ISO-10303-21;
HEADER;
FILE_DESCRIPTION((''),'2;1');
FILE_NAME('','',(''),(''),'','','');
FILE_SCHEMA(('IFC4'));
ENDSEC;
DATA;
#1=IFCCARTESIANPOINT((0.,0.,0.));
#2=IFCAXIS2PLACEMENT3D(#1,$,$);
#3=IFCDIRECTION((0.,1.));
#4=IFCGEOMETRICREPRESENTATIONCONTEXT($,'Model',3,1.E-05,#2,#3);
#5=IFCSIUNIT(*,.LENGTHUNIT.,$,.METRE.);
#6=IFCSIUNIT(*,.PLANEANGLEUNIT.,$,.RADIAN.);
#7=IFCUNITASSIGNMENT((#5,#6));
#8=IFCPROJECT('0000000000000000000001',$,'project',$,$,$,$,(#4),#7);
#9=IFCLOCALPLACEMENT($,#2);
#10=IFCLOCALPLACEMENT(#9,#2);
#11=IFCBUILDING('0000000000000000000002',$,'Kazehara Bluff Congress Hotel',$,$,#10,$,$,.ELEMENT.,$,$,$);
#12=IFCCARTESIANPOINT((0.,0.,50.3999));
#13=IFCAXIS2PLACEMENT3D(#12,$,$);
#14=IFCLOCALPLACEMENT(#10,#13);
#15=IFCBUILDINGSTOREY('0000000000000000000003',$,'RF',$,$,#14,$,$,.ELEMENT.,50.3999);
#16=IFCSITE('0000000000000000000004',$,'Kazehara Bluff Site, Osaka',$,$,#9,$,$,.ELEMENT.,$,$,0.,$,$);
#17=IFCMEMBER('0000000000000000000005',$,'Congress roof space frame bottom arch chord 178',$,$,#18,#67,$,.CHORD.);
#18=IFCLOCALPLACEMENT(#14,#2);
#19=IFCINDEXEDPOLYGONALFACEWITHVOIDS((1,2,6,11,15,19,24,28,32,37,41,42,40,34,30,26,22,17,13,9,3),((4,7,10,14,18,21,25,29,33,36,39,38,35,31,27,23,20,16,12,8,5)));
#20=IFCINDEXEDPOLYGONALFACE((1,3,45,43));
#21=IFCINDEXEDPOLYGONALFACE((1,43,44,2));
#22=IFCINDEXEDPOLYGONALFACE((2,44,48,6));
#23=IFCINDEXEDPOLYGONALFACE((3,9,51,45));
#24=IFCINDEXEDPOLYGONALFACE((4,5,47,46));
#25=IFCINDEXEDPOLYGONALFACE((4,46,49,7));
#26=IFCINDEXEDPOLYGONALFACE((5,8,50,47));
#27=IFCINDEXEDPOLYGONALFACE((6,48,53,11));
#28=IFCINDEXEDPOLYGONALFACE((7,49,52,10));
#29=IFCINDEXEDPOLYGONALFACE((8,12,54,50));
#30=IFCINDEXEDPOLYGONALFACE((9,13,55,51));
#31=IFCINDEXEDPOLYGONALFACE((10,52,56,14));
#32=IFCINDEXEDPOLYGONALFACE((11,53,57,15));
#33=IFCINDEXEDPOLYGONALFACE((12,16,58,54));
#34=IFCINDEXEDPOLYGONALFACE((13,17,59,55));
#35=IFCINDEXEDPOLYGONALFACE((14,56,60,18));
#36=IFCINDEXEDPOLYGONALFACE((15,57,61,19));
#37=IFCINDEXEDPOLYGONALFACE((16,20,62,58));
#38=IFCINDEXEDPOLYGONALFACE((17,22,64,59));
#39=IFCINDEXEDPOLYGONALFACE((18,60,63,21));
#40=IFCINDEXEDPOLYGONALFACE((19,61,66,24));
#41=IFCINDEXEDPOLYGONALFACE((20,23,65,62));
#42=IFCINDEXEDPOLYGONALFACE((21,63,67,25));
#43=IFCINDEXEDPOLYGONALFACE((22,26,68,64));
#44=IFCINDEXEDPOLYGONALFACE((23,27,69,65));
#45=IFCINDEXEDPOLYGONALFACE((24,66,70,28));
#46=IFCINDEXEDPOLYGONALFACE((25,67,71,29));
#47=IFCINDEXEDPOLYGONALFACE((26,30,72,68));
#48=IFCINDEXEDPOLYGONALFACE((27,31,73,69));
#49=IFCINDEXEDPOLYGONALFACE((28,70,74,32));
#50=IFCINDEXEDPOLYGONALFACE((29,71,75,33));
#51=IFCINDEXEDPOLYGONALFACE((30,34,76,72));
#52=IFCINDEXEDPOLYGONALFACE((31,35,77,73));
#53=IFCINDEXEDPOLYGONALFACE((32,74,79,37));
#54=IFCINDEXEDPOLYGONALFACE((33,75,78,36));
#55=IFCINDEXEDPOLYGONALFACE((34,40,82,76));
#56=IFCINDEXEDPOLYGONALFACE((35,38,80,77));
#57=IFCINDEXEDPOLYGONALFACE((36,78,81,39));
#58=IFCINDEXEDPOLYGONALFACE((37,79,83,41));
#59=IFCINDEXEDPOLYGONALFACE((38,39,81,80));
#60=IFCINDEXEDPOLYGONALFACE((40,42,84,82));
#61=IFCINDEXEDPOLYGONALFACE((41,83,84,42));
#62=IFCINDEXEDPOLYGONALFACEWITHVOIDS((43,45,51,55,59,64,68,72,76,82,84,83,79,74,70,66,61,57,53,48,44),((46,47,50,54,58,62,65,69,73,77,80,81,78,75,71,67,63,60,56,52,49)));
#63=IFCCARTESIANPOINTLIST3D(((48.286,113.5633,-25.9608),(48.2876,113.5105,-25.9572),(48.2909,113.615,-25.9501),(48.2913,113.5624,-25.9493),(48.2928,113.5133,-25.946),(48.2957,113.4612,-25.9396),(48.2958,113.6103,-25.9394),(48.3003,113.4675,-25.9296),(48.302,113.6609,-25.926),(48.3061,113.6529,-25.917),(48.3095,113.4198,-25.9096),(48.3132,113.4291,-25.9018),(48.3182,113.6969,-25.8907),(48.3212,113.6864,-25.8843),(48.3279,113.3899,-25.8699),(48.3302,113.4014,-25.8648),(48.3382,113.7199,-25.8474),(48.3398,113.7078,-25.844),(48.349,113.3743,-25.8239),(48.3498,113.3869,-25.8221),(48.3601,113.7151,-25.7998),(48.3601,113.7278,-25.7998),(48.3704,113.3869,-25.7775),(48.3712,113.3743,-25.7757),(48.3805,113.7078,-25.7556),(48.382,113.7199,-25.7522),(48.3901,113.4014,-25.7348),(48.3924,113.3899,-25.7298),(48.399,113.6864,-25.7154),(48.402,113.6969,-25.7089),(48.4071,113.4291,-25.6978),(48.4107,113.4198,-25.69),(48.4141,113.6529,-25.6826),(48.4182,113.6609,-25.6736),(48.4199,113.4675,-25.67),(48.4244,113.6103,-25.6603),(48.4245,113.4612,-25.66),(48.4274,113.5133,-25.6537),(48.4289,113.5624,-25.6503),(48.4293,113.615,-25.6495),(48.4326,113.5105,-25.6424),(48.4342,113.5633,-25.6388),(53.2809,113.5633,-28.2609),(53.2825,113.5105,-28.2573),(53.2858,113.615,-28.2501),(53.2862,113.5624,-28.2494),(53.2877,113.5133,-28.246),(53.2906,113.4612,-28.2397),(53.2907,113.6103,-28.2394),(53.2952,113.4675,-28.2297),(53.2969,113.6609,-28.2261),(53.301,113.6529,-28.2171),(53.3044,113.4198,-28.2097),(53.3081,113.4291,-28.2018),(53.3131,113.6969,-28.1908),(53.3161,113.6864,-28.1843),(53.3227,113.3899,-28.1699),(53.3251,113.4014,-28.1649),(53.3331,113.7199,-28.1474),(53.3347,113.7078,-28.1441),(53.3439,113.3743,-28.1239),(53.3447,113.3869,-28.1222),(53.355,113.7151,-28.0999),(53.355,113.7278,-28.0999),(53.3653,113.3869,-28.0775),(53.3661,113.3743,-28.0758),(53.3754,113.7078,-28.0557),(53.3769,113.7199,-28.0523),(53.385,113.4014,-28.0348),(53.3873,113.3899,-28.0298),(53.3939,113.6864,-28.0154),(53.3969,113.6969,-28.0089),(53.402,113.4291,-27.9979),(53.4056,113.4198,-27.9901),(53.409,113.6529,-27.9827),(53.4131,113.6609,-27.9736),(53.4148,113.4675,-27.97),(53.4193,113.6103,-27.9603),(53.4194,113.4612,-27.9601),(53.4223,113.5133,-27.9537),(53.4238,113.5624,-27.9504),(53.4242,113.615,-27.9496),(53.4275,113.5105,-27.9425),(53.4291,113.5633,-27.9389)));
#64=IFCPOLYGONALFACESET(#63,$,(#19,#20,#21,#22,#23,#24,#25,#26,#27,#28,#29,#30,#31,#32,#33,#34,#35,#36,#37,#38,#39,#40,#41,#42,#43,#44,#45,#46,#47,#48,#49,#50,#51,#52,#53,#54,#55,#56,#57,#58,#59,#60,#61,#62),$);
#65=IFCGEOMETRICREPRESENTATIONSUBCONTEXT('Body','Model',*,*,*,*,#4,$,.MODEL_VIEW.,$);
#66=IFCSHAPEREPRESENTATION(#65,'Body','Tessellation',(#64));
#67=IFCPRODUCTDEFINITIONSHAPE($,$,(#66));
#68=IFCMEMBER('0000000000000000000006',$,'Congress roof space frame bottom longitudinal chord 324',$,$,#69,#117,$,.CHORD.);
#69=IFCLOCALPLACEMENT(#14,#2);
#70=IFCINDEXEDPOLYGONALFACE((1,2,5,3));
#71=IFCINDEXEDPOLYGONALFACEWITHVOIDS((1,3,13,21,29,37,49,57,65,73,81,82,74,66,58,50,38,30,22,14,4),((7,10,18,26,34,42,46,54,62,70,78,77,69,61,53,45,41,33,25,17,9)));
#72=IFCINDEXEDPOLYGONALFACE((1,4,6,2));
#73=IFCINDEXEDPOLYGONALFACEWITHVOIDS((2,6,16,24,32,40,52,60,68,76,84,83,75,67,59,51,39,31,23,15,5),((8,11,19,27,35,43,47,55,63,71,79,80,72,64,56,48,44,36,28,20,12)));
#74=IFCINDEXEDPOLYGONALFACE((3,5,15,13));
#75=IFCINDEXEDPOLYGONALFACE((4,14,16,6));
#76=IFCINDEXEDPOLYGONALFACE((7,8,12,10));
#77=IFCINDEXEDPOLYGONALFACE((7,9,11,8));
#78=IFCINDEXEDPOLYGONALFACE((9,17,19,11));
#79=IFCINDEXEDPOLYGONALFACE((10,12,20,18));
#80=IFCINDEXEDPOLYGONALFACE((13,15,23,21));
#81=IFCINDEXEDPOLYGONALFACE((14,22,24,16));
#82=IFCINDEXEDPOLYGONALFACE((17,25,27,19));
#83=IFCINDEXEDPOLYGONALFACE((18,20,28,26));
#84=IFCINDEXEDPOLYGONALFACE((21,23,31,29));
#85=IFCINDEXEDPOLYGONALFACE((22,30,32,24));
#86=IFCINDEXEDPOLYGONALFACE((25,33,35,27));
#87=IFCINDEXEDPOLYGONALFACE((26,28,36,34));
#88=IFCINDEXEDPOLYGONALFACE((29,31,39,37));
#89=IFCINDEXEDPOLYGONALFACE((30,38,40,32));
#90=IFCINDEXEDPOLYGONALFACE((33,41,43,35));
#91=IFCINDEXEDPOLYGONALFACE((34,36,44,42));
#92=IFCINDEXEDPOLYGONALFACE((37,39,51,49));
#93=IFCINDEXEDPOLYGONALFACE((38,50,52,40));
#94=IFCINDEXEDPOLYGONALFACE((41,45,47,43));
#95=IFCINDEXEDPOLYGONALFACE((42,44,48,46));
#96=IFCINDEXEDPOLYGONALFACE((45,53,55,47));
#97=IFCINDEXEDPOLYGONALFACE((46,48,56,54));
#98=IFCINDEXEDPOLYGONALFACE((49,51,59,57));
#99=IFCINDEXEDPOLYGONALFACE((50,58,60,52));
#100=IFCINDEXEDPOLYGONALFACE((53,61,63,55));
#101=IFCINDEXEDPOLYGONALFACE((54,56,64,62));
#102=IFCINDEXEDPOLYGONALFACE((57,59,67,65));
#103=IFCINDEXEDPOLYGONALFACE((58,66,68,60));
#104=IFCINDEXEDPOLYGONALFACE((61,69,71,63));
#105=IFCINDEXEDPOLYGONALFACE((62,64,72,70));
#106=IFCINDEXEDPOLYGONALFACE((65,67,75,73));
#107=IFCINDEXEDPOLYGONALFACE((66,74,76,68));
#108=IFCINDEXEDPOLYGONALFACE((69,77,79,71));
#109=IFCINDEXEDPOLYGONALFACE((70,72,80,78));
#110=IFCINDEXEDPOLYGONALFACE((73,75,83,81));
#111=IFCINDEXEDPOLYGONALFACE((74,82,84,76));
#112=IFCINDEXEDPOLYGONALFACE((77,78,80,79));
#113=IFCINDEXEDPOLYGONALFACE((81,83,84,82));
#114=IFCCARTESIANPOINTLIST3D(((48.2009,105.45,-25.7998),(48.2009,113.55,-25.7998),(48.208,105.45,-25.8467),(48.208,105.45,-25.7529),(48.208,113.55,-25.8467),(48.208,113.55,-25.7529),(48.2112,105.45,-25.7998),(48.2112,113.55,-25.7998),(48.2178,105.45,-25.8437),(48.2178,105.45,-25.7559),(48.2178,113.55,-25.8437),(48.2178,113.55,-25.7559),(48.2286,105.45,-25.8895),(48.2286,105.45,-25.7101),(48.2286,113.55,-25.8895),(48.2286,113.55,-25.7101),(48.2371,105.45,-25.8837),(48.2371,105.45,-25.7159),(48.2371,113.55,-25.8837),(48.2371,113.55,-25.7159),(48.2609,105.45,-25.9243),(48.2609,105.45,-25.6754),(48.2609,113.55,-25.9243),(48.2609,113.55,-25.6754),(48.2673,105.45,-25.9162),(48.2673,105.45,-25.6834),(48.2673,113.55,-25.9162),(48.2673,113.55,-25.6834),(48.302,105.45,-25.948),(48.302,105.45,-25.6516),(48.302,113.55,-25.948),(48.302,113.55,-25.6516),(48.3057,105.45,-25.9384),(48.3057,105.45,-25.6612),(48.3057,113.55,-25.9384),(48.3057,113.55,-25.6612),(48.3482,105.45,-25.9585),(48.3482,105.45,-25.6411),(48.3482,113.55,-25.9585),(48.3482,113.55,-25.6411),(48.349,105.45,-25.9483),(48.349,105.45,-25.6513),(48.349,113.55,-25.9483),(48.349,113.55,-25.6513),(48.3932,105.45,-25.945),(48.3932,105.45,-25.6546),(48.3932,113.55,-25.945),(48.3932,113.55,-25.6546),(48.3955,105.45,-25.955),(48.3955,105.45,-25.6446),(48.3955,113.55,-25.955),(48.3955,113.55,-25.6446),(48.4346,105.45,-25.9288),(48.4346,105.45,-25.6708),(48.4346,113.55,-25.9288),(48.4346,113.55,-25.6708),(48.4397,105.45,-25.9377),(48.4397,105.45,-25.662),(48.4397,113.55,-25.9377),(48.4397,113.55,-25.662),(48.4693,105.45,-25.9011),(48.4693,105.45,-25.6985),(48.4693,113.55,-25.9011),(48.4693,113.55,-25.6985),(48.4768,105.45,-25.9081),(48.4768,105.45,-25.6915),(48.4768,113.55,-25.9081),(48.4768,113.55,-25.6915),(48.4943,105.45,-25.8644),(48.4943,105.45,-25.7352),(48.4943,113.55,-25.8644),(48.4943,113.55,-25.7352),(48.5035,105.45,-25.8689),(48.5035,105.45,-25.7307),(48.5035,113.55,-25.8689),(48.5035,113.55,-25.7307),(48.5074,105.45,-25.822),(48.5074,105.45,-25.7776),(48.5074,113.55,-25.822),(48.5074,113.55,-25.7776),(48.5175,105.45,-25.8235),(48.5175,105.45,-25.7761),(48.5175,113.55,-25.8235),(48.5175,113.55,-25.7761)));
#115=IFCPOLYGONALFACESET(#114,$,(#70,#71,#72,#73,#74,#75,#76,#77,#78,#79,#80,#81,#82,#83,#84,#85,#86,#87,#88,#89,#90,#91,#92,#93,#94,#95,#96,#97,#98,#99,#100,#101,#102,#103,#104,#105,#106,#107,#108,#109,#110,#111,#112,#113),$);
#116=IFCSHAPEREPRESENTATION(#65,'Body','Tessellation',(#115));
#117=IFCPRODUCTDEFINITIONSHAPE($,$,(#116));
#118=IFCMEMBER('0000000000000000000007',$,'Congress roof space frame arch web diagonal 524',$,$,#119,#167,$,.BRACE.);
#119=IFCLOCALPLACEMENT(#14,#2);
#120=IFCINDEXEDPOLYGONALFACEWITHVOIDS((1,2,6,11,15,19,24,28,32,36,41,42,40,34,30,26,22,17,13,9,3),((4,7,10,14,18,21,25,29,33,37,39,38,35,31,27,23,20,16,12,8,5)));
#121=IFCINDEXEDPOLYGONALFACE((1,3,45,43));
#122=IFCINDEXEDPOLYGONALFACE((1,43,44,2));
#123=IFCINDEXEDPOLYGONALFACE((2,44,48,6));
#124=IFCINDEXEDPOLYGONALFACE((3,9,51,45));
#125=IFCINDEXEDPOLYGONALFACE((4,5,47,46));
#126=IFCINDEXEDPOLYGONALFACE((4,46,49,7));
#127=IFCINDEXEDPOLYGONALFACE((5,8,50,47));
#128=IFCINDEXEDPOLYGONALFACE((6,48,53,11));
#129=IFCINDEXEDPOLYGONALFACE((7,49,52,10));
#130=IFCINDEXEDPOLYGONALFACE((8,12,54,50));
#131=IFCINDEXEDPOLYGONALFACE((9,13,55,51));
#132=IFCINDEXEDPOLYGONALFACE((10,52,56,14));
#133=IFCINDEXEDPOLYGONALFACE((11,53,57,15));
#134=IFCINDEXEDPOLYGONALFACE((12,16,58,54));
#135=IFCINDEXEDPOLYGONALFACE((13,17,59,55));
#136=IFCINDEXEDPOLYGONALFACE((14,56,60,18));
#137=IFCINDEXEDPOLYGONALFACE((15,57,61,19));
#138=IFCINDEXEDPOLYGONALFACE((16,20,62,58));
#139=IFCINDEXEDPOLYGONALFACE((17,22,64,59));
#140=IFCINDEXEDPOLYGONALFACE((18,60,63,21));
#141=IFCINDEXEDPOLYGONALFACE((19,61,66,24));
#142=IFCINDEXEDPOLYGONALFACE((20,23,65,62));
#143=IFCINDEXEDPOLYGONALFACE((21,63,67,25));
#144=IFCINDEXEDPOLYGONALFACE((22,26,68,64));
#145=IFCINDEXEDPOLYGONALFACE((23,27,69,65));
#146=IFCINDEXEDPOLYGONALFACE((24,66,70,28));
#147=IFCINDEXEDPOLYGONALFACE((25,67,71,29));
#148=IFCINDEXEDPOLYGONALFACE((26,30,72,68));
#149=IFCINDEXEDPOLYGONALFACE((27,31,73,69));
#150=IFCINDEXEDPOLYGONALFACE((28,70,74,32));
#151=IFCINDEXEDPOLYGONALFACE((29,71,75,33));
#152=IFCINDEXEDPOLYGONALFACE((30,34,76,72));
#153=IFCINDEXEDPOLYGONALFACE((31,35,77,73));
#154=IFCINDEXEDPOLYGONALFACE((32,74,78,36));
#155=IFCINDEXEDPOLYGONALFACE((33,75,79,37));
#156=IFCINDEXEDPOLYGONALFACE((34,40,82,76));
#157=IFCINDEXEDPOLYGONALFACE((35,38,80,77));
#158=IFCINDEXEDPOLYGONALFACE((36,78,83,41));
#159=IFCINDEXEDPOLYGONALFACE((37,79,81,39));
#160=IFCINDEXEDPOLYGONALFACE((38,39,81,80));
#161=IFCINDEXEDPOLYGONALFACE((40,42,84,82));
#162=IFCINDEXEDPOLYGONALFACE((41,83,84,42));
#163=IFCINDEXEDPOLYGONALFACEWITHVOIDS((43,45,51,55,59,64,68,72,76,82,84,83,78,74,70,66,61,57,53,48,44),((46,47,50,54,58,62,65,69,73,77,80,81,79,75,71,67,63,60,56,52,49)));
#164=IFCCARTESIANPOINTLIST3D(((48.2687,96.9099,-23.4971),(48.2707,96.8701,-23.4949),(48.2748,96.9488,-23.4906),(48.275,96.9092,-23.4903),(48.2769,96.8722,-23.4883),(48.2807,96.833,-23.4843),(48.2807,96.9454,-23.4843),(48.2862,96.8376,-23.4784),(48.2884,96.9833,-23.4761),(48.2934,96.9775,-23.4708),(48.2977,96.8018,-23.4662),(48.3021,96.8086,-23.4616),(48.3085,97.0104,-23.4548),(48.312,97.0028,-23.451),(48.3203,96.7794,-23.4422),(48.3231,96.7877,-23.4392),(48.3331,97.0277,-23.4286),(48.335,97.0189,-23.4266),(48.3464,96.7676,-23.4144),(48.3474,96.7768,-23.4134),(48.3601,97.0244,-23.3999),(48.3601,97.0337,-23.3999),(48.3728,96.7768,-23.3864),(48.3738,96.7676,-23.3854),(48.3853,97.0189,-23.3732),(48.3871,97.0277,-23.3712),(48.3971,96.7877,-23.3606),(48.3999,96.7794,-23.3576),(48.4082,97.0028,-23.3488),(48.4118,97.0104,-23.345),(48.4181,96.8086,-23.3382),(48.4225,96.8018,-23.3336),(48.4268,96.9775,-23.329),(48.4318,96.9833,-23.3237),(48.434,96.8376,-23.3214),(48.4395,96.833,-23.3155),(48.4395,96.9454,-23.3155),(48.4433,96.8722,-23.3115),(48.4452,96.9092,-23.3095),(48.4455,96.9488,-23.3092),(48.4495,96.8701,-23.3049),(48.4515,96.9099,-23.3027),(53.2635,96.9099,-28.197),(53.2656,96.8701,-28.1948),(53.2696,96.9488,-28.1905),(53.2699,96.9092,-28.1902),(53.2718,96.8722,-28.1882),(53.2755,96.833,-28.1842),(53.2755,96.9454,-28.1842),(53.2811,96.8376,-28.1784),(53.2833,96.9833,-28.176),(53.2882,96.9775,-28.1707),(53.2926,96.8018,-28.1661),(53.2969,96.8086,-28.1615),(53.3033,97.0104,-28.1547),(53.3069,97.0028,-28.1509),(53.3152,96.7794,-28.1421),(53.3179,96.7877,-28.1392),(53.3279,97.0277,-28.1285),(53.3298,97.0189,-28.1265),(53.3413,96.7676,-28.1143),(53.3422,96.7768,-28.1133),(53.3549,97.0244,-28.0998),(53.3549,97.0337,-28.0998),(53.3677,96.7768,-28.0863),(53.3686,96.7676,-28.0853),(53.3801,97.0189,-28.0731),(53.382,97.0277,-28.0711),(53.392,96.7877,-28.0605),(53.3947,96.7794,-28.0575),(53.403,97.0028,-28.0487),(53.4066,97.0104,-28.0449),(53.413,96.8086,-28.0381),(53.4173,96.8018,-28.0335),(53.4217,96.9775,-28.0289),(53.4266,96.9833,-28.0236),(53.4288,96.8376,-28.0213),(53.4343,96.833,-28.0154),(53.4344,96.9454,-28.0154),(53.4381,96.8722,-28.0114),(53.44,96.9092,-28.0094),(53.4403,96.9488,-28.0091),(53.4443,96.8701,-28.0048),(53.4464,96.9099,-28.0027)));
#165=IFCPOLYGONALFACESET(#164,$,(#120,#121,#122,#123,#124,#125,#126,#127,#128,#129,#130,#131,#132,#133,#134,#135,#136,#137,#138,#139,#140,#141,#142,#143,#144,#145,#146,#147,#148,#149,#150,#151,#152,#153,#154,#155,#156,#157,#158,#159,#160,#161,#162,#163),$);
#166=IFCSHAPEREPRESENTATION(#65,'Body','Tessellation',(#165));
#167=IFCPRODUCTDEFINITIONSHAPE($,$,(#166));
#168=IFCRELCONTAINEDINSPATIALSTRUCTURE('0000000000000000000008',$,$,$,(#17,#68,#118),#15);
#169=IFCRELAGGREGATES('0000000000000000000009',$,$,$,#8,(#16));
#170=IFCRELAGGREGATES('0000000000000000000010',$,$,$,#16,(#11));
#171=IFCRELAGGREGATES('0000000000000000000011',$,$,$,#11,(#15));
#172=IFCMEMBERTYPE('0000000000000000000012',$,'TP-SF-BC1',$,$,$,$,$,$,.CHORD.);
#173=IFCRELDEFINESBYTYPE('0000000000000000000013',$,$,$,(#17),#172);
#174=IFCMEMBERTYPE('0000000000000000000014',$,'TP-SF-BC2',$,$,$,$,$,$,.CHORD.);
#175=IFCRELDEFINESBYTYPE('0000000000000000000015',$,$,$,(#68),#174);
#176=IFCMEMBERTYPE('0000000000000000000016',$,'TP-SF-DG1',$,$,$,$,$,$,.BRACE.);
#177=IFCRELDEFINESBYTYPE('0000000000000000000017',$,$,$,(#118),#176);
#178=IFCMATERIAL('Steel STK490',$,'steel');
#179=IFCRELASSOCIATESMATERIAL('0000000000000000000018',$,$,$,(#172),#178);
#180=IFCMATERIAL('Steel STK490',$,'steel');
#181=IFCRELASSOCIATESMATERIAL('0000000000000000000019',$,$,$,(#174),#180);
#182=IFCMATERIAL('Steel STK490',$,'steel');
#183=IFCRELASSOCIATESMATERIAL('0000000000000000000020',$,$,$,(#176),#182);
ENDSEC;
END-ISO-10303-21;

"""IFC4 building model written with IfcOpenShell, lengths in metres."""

from ifc_helpers import new_model, si_unit, direction, frame, origin, origin_2d, place, context, subcontext, project, spatial, hollow_circle, extrude, material, material_profile, profile_set, type_object, element, save


model = new_model("IFC4")

# Units and contexts
model_context = context("Model", 3, precision=1e-05, world=origin(), true_north=direction((0.0, 1.0)))
body_context = subcontext(model_context, "Body", "Model", "MODEL_VIEW")
ifc_project = project(units=[si_unit("LENGTHUNIT", "METRE"), si_unit("PLANEANGLEUNIT", "RADIAN")], contexts=[model_context])

# Site, building, storey
site_placement = place(None, origin())
site = spatial("IfcSite", under=ifc_project, at=site_placement, Name="Kazehara Bluff Site, Osaka", CompositionType="ELEMENT", RefElevation=0.0)
building_placement = place(site_placement, origin())
building = spatial("IfcBuilding", under=site, at=building_placement, Name="Kazehara Bluff Congress Hotel", CompositionType="ELEMENT")
storey_placement = place(building_placement, frame((0.0, 0.0, 50.3999)))
storey = spatial("IfcBuildingStorey", under=building, at=storey_placement, Name="RF", CompositionType="ELEMENT", Elevation=50.3999)

# Members
ifc_material_1 = material(Name="Steel STK490", Category="steel")
ifc_material_profile_1 = material_profile(ifc_material_1, hollow_circle(Radius=0.1777, WallThickness=0.0127, at=origin_2d()))
ifc_profile_set_1 = profile_set([ifc_material_profile_1], Name="Steel STK490")
member_type_1 = type_object("IfcMemberType", Name="TP-SF-BC1", PredefinedType="CHORD", material=ifc_profile_set_1)
member_1_placement = place(storey_placement, frame((48.3601, 113.55, -25.7998), z_axis=(0.908324, 0.0, -0.418267), x_axis=(0.0, 1.0, 0.0)))
element("IfcMember", 1, at=member_1_placement, inside=storey, type_object=member_type_1, Name="Congress roof space frame bottom arch chord 178", PredefinedType="CHORD", context=body_context, shape_type="SweptSolid", body=[
    extrude(hollow_circle(Radius=0.1777, WallThickness=0.0127, at=origin_2d()), origin(), (0.0, 0.0, 1.0), 5.499),
])
ifc_material_2 = material(Name="Steel STK490", Category="steel")
ifc_material_profile_2 = material_profile(ifc_material_2, hollow_circle(Radius=0.1592, WallThickness=0.0103, at=origin_2d()))
ifc_profile_set_2 = profile_set([ifc_material_profile_2], Name="Steel STK490")
member_type_2 = type_object("IfcMemberType", Name="TP-SF-BC2", PredefinedType="CHORD", material=ifc_profile_set_2)
member_2_placement = place(storey_placement, frame((48.3601, 105.45, -25.7998), z_axis=(0.0, 1.0, 0.0), x_axis=(-1.0, 0.0, 0.0)))
element("IfcMember", 2, at=member_2_placement, inside=storey, type_object=member_type_2, Name="Congress roof space frame bottom longitudinal chord 324", PredefinedType="CHORD", context=body_context, shape_type="SweptSolid", body=[
    extrude(hollow_circle(Radius=0.1592, WallThickness=0.0103, at=origin_2d()), origin(), (0.0, 0.0, 1.0), 8.1001),
])
ifc_material_3 = material(Name="Steel STK490", Category="steel")
ifc_material_profile_3 = material_profile(ifc_material_3, hollow_circle(Radius=0.1338, WallThickness=0.0093, at=origin_2d()))
ifc_profile_set_3 = profile_set([ifc_material_profile_3], Name="Steel STK490")
member_type_3 = type_object("IfcMemberType", Name="TP-SF-DG1", PredefinedType="BRACE", material=ifc_profile_set_3)
for number, where, z_axis, x_axis, name in (
    (3, (48.3601, 96.8999, -23.3999), (0.72828, 0.0, -0.685279), (0.0, 1.0, 0.0), "Congress roof space frame arch web diagonal 524"),
):
    element("IfcMember", number, at=place(storey_placement, frame(where, z_axis=z_axis, x_axis=x_axis)), inside=storey, type_object=member_type_3, Name=name, PredefinedType="BRACE", context=body_context, shape_type="SweptSolid", body=[
        extrude(hollow_circle(Radius=0.1338, WallThickness=0.0093, at=origin_2d()), origin(), (0.0, 0.0, 1.0), 6.8584),
    ])

save(model, "model.ifc")
